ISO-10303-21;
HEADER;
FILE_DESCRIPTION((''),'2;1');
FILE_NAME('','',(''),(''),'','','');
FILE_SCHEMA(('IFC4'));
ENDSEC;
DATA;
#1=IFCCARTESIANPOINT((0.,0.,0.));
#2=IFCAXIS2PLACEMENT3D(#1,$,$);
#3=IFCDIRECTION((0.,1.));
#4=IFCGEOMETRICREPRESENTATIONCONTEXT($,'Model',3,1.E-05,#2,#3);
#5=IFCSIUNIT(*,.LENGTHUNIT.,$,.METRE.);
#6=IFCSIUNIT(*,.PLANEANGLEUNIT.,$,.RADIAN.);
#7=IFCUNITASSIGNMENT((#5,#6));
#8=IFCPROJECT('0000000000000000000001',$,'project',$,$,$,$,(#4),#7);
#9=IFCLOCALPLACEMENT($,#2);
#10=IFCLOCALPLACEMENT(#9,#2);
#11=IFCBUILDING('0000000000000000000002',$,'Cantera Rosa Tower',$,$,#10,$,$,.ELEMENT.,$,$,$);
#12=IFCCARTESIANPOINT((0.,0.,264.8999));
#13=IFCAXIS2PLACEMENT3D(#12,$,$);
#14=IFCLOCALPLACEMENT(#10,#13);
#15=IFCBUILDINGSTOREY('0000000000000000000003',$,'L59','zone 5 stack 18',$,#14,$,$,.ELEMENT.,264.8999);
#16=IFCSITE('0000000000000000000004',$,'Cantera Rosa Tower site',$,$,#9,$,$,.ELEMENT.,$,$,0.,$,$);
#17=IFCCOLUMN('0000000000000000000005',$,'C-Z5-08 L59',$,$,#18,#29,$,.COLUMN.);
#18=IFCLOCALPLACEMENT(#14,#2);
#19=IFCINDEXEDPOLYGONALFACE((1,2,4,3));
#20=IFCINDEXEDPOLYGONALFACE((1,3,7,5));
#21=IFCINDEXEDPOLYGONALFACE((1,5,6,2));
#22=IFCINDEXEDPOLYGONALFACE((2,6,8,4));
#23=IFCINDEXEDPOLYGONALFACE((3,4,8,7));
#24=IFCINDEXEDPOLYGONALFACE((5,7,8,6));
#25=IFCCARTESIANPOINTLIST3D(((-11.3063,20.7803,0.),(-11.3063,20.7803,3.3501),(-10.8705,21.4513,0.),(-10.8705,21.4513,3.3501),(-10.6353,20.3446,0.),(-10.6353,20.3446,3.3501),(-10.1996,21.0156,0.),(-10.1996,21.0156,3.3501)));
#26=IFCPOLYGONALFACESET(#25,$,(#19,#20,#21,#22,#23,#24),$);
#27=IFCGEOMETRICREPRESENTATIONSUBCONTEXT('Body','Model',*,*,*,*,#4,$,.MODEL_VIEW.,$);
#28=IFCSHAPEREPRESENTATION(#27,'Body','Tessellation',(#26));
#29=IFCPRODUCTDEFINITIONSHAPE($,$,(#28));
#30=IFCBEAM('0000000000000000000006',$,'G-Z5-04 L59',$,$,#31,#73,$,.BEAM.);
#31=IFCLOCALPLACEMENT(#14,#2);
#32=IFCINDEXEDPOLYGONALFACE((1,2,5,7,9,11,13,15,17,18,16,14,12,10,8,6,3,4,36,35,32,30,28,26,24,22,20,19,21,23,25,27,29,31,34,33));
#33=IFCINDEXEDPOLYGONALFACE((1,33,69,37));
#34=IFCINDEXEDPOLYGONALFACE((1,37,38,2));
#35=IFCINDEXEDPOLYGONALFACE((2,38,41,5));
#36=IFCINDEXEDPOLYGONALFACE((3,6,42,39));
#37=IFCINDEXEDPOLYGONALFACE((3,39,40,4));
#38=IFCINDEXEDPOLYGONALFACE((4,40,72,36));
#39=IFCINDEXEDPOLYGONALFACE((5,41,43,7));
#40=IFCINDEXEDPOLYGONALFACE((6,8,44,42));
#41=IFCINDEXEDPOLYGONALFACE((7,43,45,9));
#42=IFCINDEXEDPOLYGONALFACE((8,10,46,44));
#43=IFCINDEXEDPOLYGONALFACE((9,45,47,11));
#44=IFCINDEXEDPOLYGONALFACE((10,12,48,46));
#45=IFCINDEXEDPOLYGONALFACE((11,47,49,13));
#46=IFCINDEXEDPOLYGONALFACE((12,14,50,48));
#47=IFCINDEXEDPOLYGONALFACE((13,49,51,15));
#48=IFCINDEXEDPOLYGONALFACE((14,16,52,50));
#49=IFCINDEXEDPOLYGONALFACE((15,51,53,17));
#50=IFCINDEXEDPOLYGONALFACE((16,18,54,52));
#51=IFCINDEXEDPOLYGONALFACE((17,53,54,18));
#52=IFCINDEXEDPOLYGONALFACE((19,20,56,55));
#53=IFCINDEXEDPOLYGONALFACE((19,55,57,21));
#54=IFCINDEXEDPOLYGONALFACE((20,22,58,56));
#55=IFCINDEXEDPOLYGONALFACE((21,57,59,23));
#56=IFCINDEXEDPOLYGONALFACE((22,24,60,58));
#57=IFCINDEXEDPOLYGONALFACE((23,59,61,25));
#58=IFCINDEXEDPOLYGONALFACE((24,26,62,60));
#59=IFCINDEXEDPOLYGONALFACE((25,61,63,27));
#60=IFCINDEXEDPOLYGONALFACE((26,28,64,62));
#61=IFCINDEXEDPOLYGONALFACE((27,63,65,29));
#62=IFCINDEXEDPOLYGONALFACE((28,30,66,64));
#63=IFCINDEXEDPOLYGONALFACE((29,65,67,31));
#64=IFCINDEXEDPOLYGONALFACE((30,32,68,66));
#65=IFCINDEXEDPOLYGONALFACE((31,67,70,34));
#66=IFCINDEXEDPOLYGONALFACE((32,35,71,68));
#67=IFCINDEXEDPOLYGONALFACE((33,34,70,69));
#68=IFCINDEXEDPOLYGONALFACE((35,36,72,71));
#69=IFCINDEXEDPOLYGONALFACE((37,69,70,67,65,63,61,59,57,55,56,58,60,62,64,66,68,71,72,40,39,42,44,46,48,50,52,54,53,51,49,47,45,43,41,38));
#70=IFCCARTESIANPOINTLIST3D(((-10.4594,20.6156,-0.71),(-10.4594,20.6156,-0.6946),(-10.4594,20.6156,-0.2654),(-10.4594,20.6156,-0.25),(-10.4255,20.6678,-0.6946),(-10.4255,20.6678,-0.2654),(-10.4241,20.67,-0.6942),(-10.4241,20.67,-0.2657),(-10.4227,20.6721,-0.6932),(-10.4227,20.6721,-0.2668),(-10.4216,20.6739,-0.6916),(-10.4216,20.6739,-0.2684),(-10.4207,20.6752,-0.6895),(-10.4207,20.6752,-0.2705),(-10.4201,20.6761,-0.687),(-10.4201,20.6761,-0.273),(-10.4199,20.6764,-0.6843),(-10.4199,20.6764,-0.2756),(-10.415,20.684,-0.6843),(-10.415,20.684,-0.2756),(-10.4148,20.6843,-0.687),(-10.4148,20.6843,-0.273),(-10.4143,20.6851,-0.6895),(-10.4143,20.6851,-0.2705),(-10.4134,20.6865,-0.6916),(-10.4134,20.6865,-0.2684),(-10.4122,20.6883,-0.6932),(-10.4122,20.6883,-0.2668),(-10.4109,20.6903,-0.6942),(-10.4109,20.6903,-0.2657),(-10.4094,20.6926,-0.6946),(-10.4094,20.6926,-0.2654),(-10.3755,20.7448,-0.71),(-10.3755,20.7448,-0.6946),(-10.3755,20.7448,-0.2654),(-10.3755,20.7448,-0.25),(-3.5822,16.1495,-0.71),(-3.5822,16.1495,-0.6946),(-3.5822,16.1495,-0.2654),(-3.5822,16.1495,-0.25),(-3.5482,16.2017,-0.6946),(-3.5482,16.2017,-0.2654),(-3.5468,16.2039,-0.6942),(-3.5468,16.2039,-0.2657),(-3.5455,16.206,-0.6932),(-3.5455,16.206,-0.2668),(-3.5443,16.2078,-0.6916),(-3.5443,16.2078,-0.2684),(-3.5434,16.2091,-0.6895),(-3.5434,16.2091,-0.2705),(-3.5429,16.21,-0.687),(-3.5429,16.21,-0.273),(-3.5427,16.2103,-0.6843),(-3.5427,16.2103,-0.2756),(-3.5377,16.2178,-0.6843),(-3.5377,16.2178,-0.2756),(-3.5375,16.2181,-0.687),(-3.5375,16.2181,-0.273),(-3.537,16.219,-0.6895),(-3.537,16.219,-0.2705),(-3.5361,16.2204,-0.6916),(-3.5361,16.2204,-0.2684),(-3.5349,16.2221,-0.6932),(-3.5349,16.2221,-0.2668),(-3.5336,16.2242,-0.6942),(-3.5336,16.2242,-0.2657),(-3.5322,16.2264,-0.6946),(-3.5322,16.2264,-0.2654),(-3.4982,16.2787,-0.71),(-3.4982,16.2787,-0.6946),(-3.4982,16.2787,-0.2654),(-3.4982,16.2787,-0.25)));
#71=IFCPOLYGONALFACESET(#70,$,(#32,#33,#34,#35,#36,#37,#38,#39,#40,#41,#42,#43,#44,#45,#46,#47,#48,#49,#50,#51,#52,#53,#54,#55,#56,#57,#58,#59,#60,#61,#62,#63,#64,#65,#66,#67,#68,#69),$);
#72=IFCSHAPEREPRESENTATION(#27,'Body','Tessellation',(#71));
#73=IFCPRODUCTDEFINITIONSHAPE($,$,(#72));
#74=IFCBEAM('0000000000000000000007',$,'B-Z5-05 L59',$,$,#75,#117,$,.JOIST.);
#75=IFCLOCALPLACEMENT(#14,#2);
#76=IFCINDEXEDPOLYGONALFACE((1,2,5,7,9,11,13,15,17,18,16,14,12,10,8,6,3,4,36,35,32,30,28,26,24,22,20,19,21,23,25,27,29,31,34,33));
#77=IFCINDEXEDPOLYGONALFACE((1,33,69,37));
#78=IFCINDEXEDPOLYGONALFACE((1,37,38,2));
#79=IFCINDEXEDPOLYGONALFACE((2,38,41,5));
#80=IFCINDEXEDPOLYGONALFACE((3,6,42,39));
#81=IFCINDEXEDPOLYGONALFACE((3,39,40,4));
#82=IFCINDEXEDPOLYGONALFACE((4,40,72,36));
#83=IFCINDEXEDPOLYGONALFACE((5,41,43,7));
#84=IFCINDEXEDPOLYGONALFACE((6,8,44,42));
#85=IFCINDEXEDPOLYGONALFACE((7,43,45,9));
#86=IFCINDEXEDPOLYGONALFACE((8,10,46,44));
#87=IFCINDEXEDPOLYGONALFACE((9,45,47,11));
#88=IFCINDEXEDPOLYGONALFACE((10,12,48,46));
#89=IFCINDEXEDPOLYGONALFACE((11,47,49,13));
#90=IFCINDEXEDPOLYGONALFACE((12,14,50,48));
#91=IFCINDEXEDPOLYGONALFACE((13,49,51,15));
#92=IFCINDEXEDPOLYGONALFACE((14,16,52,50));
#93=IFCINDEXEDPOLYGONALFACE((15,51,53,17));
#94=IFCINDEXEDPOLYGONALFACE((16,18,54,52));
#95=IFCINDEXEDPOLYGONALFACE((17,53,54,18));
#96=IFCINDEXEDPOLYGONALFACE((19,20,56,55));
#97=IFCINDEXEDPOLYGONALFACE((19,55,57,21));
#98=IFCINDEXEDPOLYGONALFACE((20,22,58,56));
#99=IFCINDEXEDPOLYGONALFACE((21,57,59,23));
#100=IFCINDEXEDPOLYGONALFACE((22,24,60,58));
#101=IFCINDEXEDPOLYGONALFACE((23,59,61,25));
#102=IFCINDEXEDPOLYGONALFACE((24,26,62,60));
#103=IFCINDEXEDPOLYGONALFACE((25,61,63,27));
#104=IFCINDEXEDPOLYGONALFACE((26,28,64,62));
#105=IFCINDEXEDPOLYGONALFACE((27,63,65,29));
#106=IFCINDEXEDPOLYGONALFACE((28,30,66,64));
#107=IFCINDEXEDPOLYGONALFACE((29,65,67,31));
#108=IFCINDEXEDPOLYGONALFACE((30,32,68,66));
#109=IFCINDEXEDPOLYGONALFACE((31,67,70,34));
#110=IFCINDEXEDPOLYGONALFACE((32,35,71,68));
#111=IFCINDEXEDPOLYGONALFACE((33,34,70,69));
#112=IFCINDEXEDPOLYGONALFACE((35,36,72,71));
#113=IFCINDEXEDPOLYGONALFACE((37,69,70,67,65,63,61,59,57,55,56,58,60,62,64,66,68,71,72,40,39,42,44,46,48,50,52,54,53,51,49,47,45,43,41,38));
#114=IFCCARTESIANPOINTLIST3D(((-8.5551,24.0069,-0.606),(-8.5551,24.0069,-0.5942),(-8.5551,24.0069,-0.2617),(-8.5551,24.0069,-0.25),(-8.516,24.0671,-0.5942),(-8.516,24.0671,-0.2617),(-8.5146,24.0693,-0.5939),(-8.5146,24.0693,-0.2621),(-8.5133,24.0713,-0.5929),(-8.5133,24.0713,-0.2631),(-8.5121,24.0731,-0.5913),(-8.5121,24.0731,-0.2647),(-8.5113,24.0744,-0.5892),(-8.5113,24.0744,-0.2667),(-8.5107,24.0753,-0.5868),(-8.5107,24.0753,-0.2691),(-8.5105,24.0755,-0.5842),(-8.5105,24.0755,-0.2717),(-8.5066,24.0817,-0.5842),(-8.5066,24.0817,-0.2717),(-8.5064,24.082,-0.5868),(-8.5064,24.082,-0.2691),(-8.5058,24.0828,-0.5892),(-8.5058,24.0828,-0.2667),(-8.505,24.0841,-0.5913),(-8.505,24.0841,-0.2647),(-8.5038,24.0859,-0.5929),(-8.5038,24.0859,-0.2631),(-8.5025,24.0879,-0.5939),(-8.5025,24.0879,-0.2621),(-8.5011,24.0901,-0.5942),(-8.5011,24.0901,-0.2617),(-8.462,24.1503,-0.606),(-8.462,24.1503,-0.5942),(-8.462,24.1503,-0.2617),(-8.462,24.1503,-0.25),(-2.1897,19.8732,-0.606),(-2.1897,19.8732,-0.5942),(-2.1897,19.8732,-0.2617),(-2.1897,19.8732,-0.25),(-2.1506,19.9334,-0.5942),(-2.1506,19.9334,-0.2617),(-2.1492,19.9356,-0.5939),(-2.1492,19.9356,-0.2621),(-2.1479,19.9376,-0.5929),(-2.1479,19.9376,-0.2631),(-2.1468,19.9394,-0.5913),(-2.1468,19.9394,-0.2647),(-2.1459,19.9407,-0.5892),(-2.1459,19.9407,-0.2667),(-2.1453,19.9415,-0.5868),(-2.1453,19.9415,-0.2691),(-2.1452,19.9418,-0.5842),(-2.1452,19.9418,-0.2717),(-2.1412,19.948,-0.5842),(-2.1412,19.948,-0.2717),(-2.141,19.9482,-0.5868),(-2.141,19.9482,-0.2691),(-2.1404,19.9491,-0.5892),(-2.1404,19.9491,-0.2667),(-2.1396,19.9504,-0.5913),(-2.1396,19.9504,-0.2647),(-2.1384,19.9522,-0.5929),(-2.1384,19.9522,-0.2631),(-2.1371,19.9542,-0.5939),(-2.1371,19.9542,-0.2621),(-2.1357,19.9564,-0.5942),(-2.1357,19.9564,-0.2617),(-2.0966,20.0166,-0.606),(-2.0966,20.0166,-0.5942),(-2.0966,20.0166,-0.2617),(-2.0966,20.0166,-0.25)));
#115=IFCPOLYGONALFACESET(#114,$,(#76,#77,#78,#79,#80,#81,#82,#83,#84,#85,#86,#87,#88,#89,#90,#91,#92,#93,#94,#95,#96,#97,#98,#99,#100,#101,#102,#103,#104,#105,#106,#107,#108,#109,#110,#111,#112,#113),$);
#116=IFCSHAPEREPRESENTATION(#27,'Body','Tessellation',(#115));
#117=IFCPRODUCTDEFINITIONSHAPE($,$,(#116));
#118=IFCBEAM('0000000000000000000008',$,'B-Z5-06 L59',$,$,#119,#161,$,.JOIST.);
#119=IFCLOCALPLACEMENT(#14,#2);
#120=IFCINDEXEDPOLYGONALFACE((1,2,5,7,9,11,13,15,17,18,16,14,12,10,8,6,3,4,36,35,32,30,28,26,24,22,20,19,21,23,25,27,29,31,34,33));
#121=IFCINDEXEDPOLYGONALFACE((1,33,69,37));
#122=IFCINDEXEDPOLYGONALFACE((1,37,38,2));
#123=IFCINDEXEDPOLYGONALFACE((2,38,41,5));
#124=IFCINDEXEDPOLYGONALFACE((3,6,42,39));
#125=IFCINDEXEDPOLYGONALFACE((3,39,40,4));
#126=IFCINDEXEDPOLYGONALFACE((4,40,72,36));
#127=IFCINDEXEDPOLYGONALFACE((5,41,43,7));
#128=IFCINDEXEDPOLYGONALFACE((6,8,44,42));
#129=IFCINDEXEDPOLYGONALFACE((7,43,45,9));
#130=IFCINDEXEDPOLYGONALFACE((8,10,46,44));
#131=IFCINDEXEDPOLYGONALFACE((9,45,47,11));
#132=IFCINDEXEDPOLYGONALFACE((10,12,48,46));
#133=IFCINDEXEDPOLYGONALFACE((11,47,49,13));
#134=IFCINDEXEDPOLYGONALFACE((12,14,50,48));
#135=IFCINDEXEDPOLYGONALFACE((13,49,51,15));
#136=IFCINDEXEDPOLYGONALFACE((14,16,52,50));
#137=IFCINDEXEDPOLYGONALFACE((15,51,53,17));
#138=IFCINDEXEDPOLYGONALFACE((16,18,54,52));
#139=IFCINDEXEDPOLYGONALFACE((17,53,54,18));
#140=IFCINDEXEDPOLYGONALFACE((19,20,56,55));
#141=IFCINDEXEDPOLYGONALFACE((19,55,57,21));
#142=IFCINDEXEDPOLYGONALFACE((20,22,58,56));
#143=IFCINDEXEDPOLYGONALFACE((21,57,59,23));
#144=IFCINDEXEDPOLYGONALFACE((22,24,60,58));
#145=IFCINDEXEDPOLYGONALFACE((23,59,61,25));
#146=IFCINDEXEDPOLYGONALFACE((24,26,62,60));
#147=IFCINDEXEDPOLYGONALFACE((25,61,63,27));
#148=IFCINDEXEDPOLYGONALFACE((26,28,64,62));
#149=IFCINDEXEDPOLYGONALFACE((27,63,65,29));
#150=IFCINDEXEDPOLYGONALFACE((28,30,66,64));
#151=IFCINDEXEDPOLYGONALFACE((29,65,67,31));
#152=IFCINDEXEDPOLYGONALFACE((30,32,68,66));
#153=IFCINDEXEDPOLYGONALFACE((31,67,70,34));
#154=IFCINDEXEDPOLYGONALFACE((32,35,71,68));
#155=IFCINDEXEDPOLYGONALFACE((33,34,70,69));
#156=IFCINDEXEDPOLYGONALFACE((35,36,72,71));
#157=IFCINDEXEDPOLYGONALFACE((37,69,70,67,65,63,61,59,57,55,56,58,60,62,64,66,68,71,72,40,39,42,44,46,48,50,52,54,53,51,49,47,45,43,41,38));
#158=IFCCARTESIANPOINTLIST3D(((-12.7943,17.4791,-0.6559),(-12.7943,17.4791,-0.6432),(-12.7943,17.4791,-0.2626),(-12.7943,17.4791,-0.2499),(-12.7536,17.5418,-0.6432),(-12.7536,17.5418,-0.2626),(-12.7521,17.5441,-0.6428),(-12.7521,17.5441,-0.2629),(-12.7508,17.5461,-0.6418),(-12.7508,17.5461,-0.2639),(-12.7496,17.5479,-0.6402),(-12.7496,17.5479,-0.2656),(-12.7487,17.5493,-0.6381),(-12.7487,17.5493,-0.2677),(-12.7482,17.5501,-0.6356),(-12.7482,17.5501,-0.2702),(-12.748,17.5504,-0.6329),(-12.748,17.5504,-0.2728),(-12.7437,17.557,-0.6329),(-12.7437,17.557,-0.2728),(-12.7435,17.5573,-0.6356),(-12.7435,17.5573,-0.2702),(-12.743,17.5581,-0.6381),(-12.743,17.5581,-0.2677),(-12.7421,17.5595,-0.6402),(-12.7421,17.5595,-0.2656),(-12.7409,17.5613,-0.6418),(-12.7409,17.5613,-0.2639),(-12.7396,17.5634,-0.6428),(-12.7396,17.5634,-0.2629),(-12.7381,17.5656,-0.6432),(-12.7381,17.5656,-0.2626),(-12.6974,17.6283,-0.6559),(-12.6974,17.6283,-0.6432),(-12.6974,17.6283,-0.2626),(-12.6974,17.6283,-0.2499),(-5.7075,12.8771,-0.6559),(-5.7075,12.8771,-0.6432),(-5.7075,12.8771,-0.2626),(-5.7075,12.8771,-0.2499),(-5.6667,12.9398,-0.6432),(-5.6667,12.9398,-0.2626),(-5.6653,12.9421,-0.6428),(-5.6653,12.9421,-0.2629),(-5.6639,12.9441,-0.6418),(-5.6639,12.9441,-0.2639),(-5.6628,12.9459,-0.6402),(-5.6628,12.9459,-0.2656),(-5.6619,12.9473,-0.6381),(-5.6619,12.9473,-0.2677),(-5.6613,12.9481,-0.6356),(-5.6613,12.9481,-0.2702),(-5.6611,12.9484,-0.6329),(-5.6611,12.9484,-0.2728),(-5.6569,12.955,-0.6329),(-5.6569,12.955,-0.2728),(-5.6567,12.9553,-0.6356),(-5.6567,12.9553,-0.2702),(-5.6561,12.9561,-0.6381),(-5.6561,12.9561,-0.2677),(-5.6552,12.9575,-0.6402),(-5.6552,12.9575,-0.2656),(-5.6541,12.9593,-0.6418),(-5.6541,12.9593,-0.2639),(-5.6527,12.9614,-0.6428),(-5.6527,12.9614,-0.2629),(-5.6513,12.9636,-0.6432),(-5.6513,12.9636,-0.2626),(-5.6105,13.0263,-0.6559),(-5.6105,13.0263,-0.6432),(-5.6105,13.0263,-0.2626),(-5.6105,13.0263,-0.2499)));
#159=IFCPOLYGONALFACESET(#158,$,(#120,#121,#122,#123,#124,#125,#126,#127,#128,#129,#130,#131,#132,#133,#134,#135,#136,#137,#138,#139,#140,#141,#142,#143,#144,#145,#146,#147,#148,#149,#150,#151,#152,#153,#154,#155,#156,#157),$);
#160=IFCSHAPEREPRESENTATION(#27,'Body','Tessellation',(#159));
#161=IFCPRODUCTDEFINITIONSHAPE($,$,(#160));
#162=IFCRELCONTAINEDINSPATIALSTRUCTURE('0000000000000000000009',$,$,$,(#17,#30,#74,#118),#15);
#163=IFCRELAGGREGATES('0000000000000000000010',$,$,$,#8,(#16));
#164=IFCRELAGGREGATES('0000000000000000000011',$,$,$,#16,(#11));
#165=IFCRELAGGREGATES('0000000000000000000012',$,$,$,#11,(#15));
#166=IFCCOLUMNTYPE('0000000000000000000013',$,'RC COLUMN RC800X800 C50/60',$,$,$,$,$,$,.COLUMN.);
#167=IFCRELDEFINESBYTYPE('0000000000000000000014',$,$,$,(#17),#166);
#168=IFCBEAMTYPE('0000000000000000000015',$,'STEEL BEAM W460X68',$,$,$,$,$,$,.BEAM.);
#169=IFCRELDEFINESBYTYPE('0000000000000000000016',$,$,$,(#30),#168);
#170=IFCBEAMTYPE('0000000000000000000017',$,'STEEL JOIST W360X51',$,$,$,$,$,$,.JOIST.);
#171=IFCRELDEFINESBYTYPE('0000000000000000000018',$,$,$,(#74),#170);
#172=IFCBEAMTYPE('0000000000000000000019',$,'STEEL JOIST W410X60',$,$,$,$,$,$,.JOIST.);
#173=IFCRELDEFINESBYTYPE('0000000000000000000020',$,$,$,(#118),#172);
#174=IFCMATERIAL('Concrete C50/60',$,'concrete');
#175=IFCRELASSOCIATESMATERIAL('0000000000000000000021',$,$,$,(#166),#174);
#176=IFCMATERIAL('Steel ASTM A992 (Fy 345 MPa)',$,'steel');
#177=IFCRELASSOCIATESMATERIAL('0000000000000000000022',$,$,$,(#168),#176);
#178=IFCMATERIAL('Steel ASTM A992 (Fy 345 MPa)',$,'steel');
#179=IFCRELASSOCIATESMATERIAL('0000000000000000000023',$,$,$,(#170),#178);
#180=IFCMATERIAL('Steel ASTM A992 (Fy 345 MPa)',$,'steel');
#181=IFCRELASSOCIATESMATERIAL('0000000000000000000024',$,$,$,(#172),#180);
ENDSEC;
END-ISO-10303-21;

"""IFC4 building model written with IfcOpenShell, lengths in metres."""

from ifc_helpers import new_model, si_unit, direction, frame, origin, origin_2d, place, context, subcontext, project, spatial, rectangle, i_section, extrude, material, material_profile, profile_set, type_object, element, save


model = new_model("IFC4")

# Units and contexts
model_context = context("Model", 3, precision=1e-05, world=origin(), true_north=direction((0.0, 1.0)))
body_context = subcontext(model_context, "Body", "Model", "MODEL_VIEW")
ifc_project = project(units=[si_unit("LENGTHUNIT", "METRE"), si_unit("PLANEANGLEUNIT", "RADIAN")], contexts=[model_context])

# Site, building, storey
site_placement = place(None, origin())
site = spatial("IfcSite", under=ifc_project, at=site_placement, Name="Cantera Rosa Tower site", CompositionType="ELEMENT", RefElevation=0.0)
building_placement = place(site_placement, origin())
building = spatial("IfcBuilding", under=site, at=building_placement, Name="Cantera Rosa Tower", CompositionType="ELEMENT")
storey_placement = place(building_placement, frame((0.0, 0.0, 264.8999)))
storey = spatial("IfcBuildingStorey", under=building, at=storey_placement, Name="L59", Description="zone 5 stack 18", CompositionType="ELEMENT", Elevation=264.8999)

# Column
ifc_material_1 = material(Name="Concrete C50/60", Category="concrete")
ifc_material_profile_1 = material_profile(ifc_material_1, rectangle(XDim=0.8, YDim=0.8, at=origin_2d()), Name="RC COLUMN RC800X800 C50/60")
ifc_profile_set_1 = profile_set([ifc_material_profile_1], Name="Concrete C50/60")
column_type = type_object("IfcColumnType", Name="RC COLUMN RC800X800 C50/60", PredefinedType="COLUMN", material=ifc_profile_set_1)
column_placement = place(storey_placement, frame((-10.7529, 20.8979, 0.0), z_axis=(0.0, 0.0, 1.0), x_axis=(0.544639, 0.838671, 0.0)))
element("IfcColumn", 1, at=column_placement, inside=storey, type_object=column_type, Name="C-Z5-08 L59", PredefinedType="COLUMN", context=body_context, shape_type="SweptSolid", body=[
    extrude(rectangle(XDim=0.8, YDim=0.8, at=origin_2d()), origin(), (0.0, 0.0, 1.0), 3.3501),
])

# Beams
ifc_material_2 = material(Name="Steel ASTM A992 (Fy 345 MPa)", Category="steel")
ifc_material_profile_2 = material_profile(ifc_material_2, i_section(OverallWidth=0.1541, OverallDepth=0.46, WebThickness=0.009, FlangeThickness=0.0154, FilletRadius=0.0103, at=origin_2d()), Name="W460X68")
ifc_profile_set_2 = profile_set([ifc_material_profile_2], Name="Steel ASTM A992 (Fy 345 MPa)")
beam_type_1 = type_object("IfcBeamType", Name="STEEL BEAM W460X68", PredefinedType="BEAM", material=ifc_profile_set_2)
beam_1_placement = place(storey_placement, frame((-10.4175, 20.6802, -0.48), z_axis=(0.838673, -0.544636, 0.0), x_axis=(0.544636, 0.838673, 0.0)))
element("IfcBeam", 2, at=beam_1_placement, inside=storey, type_object=beam_type_1, Name="G-Z5-04 L59", PredefinedType="BEAM", context=body_context, shape_type="SweptSolid", body=[
    extrude(i_section(OverallWidth=0.1541, OverallDepth=0.46, WebThickness=0.009, FlangeThickness=0.0154, FilletRadius=0.0103, at=origin_2d()), origin(), (0.0, 0.0, 1.0), 8.2002),
])
ifc_material_3 = material(Name="Steel ASTM A992 (Fy 345 MPa)", Category="steel")
ifc_material_profile_3 = material_profile(ifc_material_3, i_section(OverallWidth=0.1709, OverallDepth=0.356, WebThickness=0.0073, FlangeThickness=0.0117, FilletRadius=0.01, at=origin_2d()), Name="W360X51")
ifc_profile_set_3 = profile_set([ifc_material_profile_3], Name="Steel ASTM A992 (Fy 345 MPa)")
beam_type_2 = type_object("IfcBeamType", Name="STEEL JOIST W360X51", PredefinedType="JOIST", material=ifc_profile_set_3)
beam_2_placement = place(storey_placement, frame((-8.5085, 24.0786, -0.428), z_axis=(0.838671, -0.544639, 0.0), x_axis=(0.544639, 0.838671, 0.0)))
element("IfcBeam", 3, at=beam_2_placement, inside=storey, type_object=beam_type_2, Name="B-Z5-05 L59", PredefinedType="JOIST", context=body_context, shape_type="SweptSolid", body=[
    extrude(i_section(OverallWidth=0.1709, OverallDepth=0.356, WebThickness=0.0073, FlangeThickness=0.0117, FilletRadius=0.01, at=origin_2d()), origin(), (0.0, 0.0, 1.0), 7.5898),
])
ifc_material_4 = material(Name="Steel ASTM A992 (Fy 345 MPa)", Category="steel")
ifc_material_profile_4 = material_profile(ifc_material_4, i_section(OverallWidth=0.178, OverallDepth=0.406, WebThickness=0.0078, FlangeThickness=0.0127, FilletRadius=0.0103, at=origin_2d()), Name="W410X60")
ifc_profile_set_4 = profile_set([ifc_material_profile_4], Name="Steel ASTM A992 (Fy 345 MPa)")
beam_type_3 = type_object("IfcBeamType", Name="STEEL JOIST W410X60", PredefinedType="JOIST", material=ifc_profile_set_4)
beam_3_placement = place(storey_placement, frame((-12.7458, 17.5537, -0.4529), z_axis=(0.838684, -0.544619, 0.0), x_axis=(0.544619, 0.838684, 0.0)))
element("IfcBeam", 4, at=beam_3_placement, inside=storey, type_object=beam_type_3, Name="B-Z5-06 L59", PredefinedType="JOIST", context=body_context, shape_type="SweptSolid", body=[
    extrude(i_section(OverallWidth=0.178, OverallDepth=0.406, WebThickness=0.0078, FlangeThickness=0.0127, FilletRadius=0.0103, at=origin_2d()), origin(), (0.0, 0.0, 1.0), 8.45),
])

save(model, "model.ifc")
